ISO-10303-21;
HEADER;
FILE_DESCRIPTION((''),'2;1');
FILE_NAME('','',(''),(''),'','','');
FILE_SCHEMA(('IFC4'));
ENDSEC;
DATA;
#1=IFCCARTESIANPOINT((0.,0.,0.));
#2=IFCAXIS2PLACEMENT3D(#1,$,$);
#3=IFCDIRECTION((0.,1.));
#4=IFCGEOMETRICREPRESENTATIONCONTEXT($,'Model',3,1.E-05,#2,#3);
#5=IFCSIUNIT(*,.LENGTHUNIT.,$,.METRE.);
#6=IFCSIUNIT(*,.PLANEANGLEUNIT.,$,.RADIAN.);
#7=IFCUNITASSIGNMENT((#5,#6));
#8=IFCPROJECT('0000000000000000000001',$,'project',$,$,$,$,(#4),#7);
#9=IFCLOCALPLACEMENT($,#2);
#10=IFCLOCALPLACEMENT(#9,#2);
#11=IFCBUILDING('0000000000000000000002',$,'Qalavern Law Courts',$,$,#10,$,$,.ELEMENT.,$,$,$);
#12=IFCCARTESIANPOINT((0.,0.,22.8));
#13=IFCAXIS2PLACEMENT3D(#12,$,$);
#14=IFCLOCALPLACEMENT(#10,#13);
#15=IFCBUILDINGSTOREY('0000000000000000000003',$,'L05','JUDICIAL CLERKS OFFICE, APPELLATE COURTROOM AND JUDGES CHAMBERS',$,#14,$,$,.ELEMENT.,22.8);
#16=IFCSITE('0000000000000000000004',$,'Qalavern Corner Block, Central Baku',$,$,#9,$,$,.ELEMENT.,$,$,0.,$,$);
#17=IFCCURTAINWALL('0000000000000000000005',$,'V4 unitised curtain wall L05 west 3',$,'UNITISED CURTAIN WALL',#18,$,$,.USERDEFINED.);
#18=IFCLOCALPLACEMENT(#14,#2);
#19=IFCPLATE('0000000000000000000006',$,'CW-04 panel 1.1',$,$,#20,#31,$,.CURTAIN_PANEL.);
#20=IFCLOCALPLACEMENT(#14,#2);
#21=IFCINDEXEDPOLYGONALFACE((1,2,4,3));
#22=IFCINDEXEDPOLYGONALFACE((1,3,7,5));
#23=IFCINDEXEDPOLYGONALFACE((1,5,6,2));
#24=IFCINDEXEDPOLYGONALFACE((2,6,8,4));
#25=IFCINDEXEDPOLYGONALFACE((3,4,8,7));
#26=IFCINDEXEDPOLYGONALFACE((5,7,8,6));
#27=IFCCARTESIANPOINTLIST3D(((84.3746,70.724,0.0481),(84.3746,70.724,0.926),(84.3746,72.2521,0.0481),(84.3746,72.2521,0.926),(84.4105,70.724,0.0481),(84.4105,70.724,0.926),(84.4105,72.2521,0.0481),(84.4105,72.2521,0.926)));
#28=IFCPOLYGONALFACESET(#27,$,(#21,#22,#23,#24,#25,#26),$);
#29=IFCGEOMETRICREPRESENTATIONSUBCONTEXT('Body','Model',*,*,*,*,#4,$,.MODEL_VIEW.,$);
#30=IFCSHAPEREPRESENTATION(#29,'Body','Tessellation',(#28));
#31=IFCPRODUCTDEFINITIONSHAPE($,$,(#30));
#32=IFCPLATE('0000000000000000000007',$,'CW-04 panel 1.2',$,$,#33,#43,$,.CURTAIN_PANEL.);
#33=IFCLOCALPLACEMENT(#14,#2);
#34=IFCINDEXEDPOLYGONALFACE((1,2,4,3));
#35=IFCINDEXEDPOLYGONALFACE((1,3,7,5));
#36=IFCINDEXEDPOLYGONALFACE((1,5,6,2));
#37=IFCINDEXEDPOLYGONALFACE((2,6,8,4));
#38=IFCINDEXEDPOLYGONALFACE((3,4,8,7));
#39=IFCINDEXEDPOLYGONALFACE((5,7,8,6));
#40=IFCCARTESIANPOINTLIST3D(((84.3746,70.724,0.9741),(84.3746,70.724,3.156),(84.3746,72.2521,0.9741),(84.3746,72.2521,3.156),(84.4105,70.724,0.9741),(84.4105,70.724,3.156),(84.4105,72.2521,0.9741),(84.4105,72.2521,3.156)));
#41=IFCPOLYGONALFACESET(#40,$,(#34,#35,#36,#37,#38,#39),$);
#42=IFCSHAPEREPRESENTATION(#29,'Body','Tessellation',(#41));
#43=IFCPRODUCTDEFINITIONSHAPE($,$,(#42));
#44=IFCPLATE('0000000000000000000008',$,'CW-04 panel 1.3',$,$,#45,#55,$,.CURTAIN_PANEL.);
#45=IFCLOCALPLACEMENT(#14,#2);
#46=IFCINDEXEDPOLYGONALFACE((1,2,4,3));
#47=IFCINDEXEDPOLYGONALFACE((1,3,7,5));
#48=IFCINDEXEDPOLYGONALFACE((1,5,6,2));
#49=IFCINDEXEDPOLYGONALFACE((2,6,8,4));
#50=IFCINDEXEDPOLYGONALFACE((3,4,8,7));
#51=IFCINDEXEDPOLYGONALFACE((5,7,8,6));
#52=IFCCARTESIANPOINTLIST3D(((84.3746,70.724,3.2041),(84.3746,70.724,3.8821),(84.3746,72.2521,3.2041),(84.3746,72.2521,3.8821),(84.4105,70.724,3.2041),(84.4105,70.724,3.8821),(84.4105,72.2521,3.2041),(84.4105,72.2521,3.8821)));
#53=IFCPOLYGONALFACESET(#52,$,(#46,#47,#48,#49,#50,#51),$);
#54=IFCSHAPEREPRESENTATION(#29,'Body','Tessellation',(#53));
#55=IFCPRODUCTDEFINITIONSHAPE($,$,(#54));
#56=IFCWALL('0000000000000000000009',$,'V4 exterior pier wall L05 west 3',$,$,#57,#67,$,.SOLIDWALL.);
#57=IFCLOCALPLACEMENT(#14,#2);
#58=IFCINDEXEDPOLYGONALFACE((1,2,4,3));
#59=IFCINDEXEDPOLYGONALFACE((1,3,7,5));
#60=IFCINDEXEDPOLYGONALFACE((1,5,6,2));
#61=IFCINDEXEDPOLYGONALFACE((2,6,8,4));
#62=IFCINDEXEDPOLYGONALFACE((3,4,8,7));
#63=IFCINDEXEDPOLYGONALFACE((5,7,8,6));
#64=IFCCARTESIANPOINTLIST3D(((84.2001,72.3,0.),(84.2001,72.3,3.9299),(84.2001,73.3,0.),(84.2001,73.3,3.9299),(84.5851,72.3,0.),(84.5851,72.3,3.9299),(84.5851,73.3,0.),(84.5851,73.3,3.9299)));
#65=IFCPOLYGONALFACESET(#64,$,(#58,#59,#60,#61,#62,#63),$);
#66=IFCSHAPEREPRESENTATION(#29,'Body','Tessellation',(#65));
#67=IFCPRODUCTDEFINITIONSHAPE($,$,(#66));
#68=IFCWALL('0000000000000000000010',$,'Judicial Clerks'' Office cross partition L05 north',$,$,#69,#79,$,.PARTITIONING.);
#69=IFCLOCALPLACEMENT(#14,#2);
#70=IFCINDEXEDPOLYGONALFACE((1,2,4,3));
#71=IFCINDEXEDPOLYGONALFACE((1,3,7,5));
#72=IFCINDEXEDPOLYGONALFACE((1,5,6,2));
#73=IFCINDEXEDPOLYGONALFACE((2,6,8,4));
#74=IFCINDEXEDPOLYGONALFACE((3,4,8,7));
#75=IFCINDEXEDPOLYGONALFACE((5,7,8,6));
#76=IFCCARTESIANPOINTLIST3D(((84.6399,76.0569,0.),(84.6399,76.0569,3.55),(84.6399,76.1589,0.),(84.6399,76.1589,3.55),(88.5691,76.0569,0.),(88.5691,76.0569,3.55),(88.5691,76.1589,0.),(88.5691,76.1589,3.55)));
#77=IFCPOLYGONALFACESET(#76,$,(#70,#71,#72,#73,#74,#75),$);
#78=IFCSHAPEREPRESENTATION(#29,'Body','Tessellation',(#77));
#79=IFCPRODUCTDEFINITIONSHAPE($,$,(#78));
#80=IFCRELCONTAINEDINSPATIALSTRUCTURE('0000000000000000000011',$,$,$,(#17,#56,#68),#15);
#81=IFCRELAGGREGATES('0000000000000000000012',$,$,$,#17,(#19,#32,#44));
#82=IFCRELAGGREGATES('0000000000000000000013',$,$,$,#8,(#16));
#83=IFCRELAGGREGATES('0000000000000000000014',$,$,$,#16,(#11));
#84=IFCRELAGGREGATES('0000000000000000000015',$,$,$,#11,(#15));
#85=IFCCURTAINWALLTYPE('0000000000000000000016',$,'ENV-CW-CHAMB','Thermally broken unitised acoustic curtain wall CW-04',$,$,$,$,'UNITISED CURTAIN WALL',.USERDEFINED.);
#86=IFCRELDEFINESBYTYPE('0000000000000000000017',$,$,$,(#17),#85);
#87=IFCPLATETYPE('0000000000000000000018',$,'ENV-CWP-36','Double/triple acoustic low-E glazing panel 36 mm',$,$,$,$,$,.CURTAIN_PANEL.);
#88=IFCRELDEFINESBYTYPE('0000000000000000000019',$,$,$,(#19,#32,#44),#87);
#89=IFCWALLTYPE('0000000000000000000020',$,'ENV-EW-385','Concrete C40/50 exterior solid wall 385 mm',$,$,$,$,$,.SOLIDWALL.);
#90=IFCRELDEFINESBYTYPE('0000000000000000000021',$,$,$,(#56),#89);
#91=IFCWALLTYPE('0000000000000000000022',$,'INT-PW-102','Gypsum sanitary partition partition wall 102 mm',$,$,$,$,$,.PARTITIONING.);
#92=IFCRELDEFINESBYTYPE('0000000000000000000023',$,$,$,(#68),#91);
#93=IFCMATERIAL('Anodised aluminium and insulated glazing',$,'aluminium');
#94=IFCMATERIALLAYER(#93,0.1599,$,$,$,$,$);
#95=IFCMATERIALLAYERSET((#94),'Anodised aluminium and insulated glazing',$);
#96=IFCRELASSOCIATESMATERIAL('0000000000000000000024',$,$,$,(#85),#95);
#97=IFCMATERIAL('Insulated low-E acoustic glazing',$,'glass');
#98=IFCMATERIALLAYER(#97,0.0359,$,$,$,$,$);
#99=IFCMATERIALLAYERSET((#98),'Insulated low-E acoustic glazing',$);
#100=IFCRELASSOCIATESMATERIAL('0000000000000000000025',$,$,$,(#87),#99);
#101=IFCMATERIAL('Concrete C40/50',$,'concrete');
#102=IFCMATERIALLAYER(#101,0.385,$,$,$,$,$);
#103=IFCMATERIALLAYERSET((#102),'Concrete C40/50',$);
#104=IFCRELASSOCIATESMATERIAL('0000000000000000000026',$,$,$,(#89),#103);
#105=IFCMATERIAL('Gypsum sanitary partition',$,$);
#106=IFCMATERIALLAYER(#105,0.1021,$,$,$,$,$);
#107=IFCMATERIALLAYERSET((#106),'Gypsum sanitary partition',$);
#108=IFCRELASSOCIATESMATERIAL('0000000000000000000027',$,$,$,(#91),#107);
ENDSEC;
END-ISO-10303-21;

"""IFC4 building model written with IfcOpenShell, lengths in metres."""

from ifc_helpers import new_model, si_unit, direction, frame, frame_2d, origin, origin_2d, place, context, subcontext, project, spatial, rectangle, extrude, material, layer, layer_set, type_object, element, aggregate, save


model = new_model("IFC4")

# Units and contexts
model_context = context("Model", 3, precision=1e-05, world=origin(), true_north=direction((0.0, 1.0)))
body_context = subcontext(model_context, "Body", "Model", "MODEL_VIEW")
ifc_project = project(units=[si_unit("LENGTHUNIT", "METRE"), si_unit("PLANEANGLEUNIT", "RADIAN")], contexts=[model_context])

# Site, building, storey
site_placement = place(None, origin())
site = spatial("IfcSite", under=ifc_project, at=site_placement, Name="Qalavern Corner Block, Central Baku", CompositionType="ELEMENT", RefElevation=0.0)
building_placement = place(site_placement, origin())
building = spatial("IfcBuilding", under=site, at=building_placement, Name="Qalavern Law Courts", CompositionType="ELEMENT")
storey_placement = place(building_placement, frame((0.0, 0.0, 22.8)))
storey = spatial("IfcBuildingStorey", under=building, at=storey_placement, Name="L05", Description="JUDICIAL CLERKS OFFICE, APPELLATE COURTROOM AND JUDGES CHAMBERS", CompositionType="ELEMENT", Elevation=22.8)

# Curtain wall
ifc_material_1 = material(Name="Anodised aluminium and insulated glazing", Category="aluminium")
ifc_layer_1 = layer(ifc_material_1, 0.1599)
ifc_layer_set_1 = layer_set([ifc_layer_1], Name="Anodised aluminium and insulated glazing")
curtain_wall_type = type_object("IfcCurtainWallType", Name="ENV-CW-CHAMB", Description="Thermally broken unitised acoustic curtain wall CW-04", ElementType="UNITISED CURTAIN WALL", PredefinedType="USERDEFINED", material=ifc_layer_set_1)
curtain_wall_1_placement = place(storey_placement, origin())
curtain_wall_1 = element("IfcCurtainWall", 1, at=curtain_wall_1_placement, inside=storey, type_object=curtain_wall_type, Name="V4 unitised curtain wall L05 west 3", ObjectType="UNITISED CURTAIN WALL", PredefinedType="USERDEFINED")

# Shared definitions
ifc_material_2 = material(Name="Concrete C40/50", Category="concrete")

# Plates
ifc_material_3 = material(Name="Insulated low-E acoustic glazing", Category="glass")
ifc_layer_2 = layer(ifc_material_3, 0.0359)
ifc_layer_set_2 = layer_set([ifc_layer_2], Name="Insulated low-E acoustic glazing")
plate_type_1 = type_object("IfcPlateType", Name="ENV-CWP-36", Description="Double/triple acoustic low-E glazing panel 36 mm", PredefinedType="CURTAIN_PANEL", material=ifc_layer_set_2)
plate_1_placement = place(storey_placement, frame((84.3926, 71.488, 0.0481), z_axis=(0.0, 0.0, 1.0), x_axis=(0.0, -1.0, 0.0)))
plate_1 = element("IfcPlate", 2, at=plate_1_placement, type_object=plate_type_1, Name="CW-04 panel 1.1", PredefinedType="CURTAIN_PANEL", context=body_context, shape_type="SweptSolid", body=[
    extrude(rectangle(XDim=1.5281, YDim=0.0359, at=origin_2d()), origin(), (0.0, 0.0, 1.0), 0.8779),
])
plate_2_placement = place(storey_placement, frame((84.3926, 71.488, 0.9741), z_axis=(0.0, 0.0, 1.0), x_axis=(0.0, -1.0, 0.0)))
plate_2 = element("IfcPlate", 3, at=plate_2_placement, type_object=plate_type_1, Name="CW-04 panel 1.2", PredefinedType="CURTAIN_PANEL", context=body_context, shape_type="SweptSolid", body=[
    extrude(rectangle(XDim=1.5281, YDim=0.0359, at=origin_2d()), origin(), (0.0, 0.0, 1.0), 2.1819),
])
plate_3_placement = place(storey_placement, frame((84.3926, 71.488, 3.2041), z_axis=(0.0, 0.0, 1.0), x_axis=(0.0, -1.0, 0.0)))
plate_3 = element("IfcPlate", 4, at=plate_3_placement, type_object=plate_type_1, Name="CW-04 panel 1.3", PredefinedType="CURTAIN_PANEL", context=body_context, shape_type="SweptSolid", body=[
    extrude(rectangle(XDim=1.5281, YDim=0.0359, at=origin_2d()), origin(), (0.0, 0.0, 1.0), 0.678),
])
aggregate(curtain_wall_1, [plate_1, plate_2, plate_3])

# Walls
ifc_layer_3 = layer(ifc_material_2, 0.385)
ifc_layer_set_3 = layer_set([ifc_layer_3], Name="Concrete C40/50")
wall_type_1 = type_object("IfcWallType", Name="ENV-EW-385", Description="Concrete C40/50 exterior solid wall 385 mm", PredefinedType="SOLIDWALL", material=ifc_layer_set_3)
wall_1_placement = place(storey_placement, frame((84.3926, 73.3, 0.0), z_axis=(0.0, 0.0, 1.0), x_axis=(0.0, -1.0, 0.0)))
element("IfcWall", 5, at=wall_1_placement, inside=storey, type_object=wall_type_1, Name="V4 exterior pier wall L05 west 3", PredefinedType="SOLIDWALL", context=body_context, shape_type="SweptSolid", body=[
    extrude(rectangle(XDim=1.0, YDim=0.385, at=frame_2d((0.5, 0.0))), origin(), (0.0, 0.0, 1.0), 3.9299),
])
ifc_material_4 = material(Name="Gypsum sanitary partition")
ifc_layer_4 = layer(ifc_material_4, 0.1021)
ifc_layer_set_4 = layer_set([ifc_layer_4], Name="Gypsum sanitary partition")
wall_type_2 = type_object("IfcWallType", Name="INT-PW-102", Description="Gypsum sanitary partition partition wall 102 mm", PredefinedType="PARTITIONING", material=ifc_layer_set_4)
wall_2_placement = place(storey_placement, frame((84.6399, 76.1079, 0.0), z_axis=(0.0, 0.0, 1.0), x_axis=(1.0, 0.0, 0.0)))
element("IfcWall", 6, at=wall_2_placement, inside=storey, type_object=wall_type_2, Name="Judicial Clerks' Office cross partition L05 north", PredefinedType="PARTITIONING", context=body_context, shape_type="SweptSolid", body=[
    extrude(rectangle(XDim=3.9292, YDim=0.1021, at=frame_2d((1.9646, 0.0))), origin(), (0.0, 0.0, 1.0), 3.55),
])

save(model, "model.ifc")
